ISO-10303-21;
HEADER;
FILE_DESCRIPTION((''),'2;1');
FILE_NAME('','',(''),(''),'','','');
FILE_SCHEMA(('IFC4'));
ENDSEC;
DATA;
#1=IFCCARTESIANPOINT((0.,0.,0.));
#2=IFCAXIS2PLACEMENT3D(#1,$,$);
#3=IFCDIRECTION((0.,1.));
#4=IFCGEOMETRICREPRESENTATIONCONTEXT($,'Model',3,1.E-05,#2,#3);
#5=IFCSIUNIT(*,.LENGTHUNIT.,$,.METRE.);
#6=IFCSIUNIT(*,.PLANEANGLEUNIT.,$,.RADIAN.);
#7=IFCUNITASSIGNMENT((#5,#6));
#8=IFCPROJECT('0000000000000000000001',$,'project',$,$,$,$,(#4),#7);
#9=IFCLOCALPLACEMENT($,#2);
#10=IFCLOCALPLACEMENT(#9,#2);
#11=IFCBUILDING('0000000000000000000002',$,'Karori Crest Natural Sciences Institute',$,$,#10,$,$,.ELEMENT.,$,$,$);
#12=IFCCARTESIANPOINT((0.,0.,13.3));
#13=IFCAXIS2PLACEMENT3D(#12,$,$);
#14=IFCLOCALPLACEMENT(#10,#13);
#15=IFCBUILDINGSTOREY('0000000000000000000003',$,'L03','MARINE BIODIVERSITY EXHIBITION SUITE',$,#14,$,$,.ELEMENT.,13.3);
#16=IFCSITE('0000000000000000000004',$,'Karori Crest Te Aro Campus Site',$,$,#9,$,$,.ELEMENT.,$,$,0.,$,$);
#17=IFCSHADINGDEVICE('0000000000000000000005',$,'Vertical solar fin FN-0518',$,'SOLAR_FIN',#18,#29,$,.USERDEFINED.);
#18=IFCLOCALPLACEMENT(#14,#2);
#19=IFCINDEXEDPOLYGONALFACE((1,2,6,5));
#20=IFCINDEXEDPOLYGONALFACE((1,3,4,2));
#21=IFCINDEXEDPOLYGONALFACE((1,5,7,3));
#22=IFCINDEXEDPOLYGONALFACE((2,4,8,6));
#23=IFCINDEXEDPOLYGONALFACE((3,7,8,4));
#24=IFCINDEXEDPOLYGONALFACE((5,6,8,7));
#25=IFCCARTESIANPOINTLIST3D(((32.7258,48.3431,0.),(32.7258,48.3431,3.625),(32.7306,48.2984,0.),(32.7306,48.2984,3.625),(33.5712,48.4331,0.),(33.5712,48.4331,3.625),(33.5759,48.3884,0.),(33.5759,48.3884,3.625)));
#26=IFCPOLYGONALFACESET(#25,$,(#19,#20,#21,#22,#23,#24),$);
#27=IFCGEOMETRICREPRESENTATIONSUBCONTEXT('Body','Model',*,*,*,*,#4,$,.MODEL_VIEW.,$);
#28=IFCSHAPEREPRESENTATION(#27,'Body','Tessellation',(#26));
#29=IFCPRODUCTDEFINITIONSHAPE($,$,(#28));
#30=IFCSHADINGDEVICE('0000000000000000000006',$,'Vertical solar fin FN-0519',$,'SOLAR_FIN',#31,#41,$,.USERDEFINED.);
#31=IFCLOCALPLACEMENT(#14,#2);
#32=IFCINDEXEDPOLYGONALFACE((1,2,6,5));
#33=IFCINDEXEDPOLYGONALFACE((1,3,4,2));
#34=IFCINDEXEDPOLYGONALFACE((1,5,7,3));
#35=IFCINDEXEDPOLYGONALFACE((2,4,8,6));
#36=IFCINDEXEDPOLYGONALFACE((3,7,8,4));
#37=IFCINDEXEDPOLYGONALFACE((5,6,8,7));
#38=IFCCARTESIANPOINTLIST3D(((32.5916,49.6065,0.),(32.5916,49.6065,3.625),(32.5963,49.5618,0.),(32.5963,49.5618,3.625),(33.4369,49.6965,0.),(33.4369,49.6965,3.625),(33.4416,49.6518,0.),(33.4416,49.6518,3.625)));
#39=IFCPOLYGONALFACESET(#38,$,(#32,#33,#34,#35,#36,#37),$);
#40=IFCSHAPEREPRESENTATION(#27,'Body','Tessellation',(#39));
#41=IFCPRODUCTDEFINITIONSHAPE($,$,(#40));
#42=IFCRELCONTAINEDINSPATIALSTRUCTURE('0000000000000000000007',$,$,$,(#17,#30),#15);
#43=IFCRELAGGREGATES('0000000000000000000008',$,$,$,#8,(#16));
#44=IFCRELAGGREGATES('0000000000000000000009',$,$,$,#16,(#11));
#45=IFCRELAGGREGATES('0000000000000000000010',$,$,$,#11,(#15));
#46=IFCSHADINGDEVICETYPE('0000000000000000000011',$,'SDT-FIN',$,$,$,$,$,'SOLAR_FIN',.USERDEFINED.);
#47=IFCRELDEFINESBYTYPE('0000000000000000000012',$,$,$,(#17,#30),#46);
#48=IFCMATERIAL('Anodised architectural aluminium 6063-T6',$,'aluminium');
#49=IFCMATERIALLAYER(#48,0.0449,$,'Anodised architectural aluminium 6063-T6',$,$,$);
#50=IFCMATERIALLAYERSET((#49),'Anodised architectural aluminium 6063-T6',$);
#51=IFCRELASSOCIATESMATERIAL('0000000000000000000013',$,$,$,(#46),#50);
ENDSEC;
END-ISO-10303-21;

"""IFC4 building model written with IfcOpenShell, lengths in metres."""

from ifc_helpers import new_model, si_unit, direction, frame, origin, origin_2d, place, context, subcontext, project, spatial, rectangle, extrude, material, layer, layer_set, type_object, element, save


model = new_model("IFC4")

# Units and contexts
model_context = context("Model", 3, precision=1e-05, world=origin(), true_north=direction((0.0, 1.0)))
body_context = subcontext(model_context, "Body", "Model", "MODEL_VIEW")
ifc_project = project(units=[si_unit("LENGTHUNIT", "METRE"), si_unit("PLANEANGLEUNIT", "RADIAN")], contexts=[model_context])

# Site, building, storey
site_placement = place(None, origin())
site = spatial("IfcSite", under=ifc_project, at=site_placement, Name="Karori Crest Te Aro Campus Site", CompositionType="ELEMENT", RefElevation=0.0)
building_placement = place(site_placement, origin())
building = spatial("IfcBuilding", under=site, at=building_placement, Name="Karori Crest Natural Sciences Institute", CompositionType="ELEMENT")
storey_placement = place(building_placement, frame((0.0, 0.0, 13.3)))
storey = spatial("IfcBuildingStorey", under=building, at=storey_placement, Name="L03", Description="MARINE BIODIVERSITY EXHIBITION SUITE", CompositionType="ELEMENT", Elevation=13.3)

# Shared definitions
ifc_material_1 = material(Name="Anodised architectural aluminium 6063-T6", Category="aluminium")

# Shading devices
ifc_layer_1 = layer(ifc_material_1, 0.0449, Name="Anodised architectural aluminium 6063-T6")
ifc_layer_set_1 = layer_set([ifc_layer_1], Name="Anodised architectural aluminium 6063-T6")
shading_device_type = type_object("IfcShadingDeviceType", Name="SDT-FIN", ElementType="SOLAR_FIN", PredefinedType="USERDEFINED", material=ifc_layer_set_1)
for number, where, z_axis, x_axis, name in (
    (1, (33.1509, 48.3657, 0.0), (0.0, 0.0, 1.0), (-0.994378, -0.105884, 0.0), "Vertical solar fin FN-0518"),
    (2, (33.0166, 49.6292, 0.0), (0.0, 0.0, 1.0), (-0.994378, -0.105884, 0.0), "Vertical solar fin FN-0519"),
):
    element("IfcShadingDevice", number, at=place(storey_placement, frame(where, z_axis=z_axis, x_axis=x_axis)), inside=storey, type_object=shading_device_type, Name=name, ObjectType="SOLAR_FIN", PredefinedType="USERDEFINED", context=body_context, shape_type="SweptSolid", body=[
        extrude(rectangle(XDim=0.8501, YDim=0.0449, at=origin_2d()), origin(), (0.0, 0.0, 1.0), 3.625),
    ])

save(model, "model.ifc")
